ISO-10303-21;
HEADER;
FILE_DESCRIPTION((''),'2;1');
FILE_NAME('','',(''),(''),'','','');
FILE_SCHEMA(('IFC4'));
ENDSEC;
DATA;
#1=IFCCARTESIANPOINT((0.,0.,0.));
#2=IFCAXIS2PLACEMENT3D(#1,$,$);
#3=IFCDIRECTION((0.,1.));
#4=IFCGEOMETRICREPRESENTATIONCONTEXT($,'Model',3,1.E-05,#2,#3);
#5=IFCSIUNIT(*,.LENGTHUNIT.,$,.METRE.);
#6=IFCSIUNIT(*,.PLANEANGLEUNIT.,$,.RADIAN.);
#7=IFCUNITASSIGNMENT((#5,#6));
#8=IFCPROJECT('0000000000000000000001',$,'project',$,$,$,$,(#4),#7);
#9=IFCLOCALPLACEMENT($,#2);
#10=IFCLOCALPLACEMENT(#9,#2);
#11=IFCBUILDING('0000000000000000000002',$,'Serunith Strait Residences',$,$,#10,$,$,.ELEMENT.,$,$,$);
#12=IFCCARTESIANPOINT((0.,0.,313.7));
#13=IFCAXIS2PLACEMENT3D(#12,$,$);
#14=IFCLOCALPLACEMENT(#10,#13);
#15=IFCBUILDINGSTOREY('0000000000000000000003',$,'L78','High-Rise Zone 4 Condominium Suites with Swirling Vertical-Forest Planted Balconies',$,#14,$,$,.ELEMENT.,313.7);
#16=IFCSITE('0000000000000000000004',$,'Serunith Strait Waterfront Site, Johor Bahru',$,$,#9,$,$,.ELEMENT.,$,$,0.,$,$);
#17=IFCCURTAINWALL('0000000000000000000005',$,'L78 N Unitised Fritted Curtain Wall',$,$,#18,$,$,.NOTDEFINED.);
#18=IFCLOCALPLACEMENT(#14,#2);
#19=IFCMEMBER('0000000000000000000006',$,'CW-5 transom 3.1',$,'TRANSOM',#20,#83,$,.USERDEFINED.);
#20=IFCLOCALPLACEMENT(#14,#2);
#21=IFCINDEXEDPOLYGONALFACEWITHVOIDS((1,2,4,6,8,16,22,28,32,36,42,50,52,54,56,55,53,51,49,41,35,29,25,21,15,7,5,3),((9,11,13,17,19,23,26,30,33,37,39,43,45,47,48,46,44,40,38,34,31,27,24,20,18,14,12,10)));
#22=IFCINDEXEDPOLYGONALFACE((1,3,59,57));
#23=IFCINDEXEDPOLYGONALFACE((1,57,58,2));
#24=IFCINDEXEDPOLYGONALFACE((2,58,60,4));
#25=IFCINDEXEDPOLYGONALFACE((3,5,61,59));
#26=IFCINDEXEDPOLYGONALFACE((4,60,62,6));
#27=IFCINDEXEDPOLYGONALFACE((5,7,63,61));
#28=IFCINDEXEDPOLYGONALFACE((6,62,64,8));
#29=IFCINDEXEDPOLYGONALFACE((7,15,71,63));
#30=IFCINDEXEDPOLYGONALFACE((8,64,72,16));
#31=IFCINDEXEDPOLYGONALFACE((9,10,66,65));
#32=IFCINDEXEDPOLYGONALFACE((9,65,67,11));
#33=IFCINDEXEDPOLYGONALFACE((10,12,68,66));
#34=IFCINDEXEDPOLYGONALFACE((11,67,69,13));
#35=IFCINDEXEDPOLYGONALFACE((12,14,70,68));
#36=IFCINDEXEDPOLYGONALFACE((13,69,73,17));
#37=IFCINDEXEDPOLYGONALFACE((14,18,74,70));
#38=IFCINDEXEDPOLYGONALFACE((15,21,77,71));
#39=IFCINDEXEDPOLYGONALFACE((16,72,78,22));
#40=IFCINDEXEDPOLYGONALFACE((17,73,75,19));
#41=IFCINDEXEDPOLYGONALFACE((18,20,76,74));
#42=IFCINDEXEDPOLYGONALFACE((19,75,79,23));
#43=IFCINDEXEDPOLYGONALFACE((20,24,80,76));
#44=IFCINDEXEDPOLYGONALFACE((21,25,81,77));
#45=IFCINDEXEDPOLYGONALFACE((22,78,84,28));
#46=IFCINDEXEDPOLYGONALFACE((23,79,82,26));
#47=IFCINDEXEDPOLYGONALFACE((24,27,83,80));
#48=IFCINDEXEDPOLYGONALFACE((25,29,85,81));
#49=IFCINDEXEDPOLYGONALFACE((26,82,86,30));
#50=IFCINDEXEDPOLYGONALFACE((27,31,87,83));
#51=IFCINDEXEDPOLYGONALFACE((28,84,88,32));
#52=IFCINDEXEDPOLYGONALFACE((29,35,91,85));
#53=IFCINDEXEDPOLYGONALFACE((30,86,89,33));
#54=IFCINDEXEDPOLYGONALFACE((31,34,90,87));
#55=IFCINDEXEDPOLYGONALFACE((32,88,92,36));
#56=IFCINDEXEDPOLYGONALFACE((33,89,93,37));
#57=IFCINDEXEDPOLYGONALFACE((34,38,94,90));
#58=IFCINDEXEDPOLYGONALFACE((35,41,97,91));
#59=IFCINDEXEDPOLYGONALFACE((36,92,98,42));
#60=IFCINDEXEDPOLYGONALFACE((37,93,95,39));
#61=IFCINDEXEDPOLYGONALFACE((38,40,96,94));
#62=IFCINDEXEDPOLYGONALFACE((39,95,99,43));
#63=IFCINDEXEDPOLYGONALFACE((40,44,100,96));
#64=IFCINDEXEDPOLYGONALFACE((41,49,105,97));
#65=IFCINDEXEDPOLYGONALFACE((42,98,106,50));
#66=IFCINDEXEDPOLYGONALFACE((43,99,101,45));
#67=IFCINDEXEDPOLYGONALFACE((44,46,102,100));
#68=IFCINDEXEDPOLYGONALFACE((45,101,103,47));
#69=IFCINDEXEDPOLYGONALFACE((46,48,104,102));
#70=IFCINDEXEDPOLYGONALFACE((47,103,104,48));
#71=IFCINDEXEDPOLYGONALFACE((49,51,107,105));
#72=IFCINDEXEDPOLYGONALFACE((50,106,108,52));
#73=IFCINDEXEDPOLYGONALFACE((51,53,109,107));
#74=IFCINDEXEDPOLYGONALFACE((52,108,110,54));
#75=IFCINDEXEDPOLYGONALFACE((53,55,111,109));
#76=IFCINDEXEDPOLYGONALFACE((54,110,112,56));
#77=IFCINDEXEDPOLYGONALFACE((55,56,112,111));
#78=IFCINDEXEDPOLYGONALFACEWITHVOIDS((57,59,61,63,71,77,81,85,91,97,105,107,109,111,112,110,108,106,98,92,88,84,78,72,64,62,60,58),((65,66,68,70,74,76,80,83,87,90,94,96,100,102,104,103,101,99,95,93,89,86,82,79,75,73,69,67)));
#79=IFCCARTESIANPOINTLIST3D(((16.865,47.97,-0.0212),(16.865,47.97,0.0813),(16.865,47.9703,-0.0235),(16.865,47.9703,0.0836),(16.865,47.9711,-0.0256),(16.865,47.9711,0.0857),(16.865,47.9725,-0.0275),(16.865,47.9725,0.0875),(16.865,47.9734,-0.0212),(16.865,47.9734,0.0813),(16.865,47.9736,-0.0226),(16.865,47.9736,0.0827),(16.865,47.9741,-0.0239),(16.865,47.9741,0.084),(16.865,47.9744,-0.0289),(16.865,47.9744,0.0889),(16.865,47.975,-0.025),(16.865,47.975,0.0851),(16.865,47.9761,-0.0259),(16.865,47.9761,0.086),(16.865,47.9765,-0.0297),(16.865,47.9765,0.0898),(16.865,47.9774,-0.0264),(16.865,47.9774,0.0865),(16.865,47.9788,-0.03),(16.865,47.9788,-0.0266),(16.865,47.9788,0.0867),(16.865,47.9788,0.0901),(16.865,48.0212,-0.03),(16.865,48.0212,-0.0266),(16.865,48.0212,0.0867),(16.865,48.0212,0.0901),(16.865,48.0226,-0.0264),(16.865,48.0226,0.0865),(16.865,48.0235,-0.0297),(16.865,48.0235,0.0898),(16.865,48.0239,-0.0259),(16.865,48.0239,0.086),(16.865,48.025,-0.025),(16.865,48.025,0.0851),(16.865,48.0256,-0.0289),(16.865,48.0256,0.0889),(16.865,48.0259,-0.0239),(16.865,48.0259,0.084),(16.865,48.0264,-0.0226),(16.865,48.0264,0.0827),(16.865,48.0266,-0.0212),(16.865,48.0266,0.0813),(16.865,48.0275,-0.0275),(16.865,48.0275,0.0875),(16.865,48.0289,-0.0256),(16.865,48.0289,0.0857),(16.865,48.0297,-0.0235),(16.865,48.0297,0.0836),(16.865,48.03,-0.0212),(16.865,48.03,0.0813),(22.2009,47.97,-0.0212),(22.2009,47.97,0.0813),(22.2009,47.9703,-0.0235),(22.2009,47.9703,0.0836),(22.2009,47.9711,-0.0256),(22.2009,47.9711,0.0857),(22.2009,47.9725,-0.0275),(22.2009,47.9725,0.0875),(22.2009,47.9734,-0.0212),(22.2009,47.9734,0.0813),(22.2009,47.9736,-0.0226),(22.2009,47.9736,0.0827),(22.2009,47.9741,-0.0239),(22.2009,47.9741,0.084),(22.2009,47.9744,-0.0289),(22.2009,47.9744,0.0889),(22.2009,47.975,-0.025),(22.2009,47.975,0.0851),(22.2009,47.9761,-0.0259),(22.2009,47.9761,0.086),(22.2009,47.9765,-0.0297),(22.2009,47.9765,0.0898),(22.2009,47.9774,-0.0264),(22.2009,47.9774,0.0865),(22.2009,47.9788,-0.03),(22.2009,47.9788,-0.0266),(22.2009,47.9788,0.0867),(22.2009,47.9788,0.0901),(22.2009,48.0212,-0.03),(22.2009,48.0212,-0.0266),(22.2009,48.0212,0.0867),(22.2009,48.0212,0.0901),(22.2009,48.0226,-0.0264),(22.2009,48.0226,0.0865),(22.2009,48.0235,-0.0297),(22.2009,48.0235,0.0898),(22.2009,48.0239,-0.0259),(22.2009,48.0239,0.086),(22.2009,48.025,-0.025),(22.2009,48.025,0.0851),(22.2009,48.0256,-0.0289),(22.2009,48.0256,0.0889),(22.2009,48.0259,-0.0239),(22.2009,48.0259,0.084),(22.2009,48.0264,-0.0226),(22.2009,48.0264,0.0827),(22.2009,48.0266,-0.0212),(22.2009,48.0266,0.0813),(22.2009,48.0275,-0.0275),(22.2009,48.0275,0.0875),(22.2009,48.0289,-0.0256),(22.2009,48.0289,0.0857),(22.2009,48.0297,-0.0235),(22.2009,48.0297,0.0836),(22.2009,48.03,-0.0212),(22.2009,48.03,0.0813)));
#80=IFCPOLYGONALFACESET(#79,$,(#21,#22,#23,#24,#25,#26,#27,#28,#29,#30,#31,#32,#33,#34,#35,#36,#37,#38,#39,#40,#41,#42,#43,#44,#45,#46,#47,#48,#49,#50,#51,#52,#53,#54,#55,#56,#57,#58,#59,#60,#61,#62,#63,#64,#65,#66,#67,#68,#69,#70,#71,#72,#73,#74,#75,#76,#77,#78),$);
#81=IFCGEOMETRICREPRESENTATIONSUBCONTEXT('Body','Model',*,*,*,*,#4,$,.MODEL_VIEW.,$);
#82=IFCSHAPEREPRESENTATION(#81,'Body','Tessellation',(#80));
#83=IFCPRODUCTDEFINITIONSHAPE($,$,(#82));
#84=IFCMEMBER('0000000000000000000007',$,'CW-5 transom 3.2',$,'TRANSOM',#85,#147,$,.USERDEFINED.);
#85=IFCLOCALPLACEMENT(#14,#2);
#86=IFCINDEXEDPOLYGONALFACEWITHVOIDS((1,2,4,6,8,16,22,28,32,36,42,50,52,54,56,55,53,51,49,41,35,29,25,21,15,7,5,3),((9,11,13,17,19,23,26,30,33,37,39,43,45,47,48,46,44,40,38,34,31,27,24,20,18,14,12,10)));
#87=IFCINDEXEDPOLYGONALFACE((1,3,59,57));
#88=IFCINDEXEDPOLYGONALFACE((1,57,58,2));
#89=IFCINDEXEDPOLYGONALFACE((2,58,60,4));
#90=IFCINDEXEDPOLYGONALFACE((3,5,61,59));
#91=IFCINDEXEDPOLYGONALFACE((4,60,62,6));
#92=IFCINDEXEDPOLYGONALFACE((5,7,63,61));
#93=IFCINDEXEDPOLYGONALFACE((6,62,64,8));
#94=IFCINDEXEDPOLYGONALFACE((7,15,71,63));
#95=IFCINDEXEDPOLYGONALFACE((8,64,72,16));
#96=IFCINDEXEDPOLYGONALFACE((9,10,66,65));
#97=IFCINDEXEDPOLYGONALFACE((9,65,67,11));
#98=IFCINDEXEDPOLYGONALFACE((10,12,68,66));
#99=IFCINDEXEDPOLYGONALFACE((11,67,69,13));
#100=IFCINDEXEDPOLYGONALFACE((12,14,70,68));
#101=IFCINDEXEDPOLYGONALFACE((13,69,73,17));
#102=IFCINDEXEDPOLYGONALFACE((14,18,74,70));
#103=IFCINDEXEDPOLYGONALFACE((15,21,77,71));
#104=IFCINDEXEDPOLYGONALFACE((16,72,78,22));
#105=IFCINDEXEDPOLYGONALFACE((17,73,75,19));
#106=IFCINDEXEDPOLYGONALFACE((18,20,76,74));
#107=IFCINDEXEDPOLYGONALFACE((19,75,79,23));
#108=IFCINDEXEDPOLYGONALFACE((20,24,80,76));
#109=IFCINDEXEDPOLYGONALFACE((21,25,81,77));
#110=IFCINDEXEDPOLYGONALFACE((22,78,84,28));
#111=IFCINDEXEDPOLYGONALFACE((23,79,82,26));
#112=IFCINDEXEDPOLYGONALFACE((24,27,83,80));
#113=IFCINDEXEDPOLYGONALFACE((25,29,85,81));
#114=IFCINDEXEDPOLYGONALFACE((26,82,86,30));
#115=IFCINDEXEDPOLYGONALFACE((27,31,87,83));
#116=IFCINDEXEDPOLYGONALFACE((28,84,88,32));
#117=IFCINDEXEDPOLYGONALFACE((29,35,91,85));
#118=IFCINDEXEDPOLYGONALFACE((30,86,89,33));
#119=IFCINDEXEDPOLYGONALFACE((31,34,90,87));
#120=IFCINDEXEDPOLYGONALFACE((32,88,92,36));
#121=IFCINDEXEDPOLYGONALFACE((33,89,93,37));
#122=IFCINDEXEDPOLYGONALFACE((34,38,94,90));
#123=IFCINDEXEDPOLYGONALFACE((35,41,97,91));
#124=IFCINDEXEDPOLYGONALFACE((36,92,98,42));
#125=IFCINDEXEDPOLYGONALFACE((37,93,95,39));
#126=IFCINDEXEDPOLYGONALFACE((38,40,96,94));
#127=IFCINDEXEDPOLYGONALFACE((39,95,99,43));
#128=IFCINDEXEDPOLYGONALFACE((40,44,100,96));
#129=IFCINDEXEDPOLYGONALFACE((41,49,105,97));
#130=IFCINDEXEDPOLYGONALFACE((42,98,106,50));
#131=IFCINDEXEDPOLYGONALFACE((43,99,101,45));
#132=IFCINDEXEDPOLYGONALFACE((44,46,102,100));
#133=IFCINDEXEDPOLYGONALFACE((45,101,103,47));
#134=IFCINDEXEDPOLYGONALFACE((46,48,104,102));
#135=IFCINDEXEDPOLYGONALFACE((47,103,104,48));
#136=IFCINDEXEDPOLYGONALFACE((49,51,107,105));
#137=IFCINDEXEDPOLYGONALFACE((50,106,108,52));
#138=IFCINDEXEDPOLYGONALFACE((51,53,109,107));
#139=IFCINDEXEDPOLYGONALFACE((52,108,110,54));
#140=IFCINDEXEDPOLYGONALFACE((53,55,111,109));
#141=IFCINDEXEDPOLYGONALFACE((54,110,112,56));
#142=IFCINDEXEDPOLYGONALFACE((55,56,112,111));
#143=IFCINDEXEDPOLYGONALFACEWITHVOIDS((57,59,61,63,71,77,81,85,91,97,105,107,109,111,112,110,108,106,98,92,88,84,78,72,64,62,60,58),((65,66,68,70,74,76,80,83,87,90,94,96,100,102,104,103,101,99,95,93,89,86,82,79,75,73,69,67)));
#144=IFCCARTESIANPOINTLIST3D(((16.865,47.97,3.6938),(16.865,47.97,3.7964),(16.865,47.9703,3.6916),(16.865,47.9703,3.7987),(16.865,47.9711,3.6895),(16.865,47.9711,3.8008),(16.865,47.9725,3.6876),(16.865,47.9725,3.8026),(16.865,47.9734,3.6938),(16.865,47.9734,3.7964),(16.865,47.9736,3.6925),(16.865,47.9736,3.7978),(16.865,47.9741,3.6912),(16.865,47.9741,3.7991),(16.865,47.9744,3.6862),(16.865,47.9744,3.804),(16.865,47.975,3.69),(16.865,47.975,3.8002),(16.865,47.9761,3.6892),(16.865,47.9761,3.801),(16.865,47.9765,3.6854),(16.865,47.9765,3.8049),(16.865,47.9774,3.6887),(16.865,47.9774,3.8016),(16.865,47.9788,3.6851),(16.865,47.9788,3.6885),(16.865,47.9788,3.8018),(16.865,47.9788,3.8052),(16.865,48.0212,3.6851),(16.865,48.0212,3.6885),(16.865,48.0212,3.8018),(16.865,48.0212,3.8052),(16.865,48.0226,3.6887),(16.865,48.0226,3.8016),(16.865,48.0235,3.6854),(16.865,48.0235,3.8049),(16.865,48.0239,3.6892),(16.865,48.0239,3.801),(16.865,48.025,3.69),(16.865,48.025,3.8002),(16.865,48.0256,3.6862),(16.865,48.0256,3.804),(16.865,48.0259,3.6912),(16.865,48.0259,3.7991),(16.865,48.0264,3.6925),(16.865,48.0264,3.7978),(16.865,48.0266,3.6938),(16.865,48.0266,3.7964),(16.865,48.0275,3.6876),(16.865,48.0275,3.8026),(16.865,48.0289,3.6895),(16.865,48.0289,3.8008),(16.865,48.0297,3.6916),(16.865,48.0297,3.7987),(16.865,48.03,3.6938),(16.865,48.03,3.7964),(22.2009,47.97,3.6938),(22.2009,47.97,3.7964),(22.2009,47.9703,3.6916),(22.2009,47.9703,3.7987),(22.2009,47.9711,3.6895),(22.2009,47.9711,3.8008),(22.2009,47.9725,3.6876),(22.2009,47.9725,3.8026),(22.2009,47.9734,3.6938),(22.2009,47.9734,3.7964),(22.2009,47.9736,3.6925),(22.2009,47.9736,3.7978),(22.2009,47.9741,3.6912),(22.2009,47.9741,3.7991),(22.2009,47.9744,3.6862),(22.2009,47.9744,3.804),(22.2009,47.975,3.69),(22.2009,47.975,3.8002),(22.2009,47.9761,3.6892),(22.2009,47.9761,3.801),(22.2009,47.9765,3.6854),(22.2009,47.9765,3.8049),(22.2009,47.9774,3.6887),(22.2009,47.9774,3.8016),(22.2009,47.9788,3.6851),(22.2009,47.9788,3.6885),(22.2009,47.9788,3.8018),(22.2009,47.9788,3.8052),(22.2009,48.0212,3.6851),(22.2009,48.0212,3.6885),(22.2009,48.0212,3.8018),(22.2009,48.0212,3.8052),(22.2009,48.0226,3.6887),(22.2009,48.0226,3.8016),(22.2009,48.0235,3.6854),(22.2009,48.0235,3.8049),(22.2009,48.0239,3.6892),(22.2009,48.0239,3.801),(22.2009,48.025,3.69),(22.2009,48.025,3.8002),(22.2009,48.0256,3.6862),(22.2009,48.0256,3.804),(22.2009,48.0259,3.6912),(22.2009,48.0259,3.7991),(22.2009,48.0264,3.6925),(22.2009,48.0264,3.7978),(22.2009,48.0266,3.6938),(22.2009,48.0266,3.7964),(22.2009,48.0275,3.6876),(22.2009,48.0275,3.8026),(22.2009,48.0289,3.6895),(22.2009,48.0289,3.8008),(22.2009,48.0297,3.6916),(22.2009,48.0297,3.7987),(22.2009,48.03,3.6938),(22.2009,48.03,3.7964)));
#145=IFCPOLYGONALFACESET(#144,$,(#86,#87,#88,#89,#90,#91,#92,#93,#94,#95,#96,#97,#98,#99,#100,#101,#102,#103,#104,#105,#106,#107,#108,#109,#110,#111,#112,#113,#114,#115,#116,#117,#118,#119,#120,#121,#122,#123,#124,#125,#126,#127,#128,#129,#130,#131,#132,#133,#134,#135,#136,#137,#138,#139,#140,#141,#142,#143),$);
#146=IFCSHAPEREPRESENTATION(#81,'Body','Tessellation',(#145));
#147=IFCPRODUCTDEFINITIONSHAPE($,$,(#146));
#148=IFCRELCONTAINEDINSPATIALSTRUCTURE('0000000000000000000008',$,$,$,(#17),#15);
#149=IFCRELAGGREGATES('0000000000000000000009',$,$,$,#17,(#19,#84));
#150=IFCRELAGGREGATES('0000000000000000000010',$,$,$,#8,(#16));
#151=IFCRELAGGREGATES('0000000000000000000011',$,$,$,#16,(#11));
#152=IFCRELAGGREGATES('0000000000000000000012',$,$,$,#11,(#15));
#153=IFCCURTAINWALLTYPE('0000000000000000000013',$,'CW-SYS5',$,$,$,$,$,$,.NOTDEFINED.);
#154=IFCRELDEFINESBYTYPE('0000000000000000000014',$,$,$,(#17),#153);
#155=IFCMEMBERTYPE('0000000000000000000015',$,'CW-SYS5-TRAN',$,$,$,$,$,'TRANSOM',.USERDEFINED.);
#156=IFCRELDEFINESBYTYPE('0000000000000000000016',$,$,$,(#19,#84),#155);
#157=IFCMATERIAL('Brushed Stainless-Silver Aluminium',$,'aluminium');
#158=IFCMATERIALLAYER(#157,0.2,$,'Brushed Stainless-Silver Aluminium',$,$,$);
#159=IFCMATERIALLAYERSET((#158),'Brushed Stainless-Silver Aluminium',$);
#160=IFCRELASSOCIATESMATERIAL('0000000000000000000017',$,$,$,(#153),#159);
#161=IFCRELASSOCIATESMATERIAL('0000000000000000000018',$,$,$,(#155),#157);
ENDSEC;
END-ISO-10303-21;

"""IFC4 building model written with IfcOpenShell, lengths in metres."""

from ifc_helpers import new_model, si_unit, direction, frame, origin, origin_2d, place, context, subcontext, project, spatial, hollow_rectangle, extrude, source, transform, mapped, material, layer, layer_set, material_profile, profile_set, type_object, element, aggregate, save


model = new_model("IFC4")

# Units and contexts
model_context = context("Model", 3, precision=1e-05, world=origin(), true_north=direction((0.0, 1.0)))
body_context = subcontext(model_context, "Body", "Model", "MODEL_VIEW")
ifc_project = project(units=[si_unit("LENGTHUNIT", "METRE"), si_unit("PLANEANGLEUNIT", "RADIAN")], contexts=[model_context])

# Site, building, storey
site_placement = place(None, origin())
site = spatial("IfcSite", under=ifc_project, at=site_placement, Name="Serunith Strait Waterfront Site, Johor Bahru", CompositionType="ELEMENT", RefElevation=0.0)
building_placement = place(site_placement, origin())
building = spatial("IfcBuilding", under=site, at=building_placement, Name="Serunith Strait Residences", CompositionType="ELEMENT")
storey_placement = place(building_placement, frame((0.0, 0.0, 313.7)))
storey = spatial("IfcBuildingStorey", under=building, at=storey_placement, Name="L78", Description="High-Rise Zone 4 Condominium Suites with Swirling Vertical-Forest Planted Balconies", CompositionType="ELEMENT", Elevation=313.7)

# Curtain wall, members
ifc_material_1 = material(Name="Brushed Stainless-Silver Aluminium", Category="aluminium")
ifc_layer_1 = layer(ifc_material_1, 0.2, Name="Brushed Stainless-Silver Aluminium")
ifc_layer_set_1 = layer_set([ifc_layer_1], Name="Brushed Stainless-Silver Aluminium")
curtain_wall_type = type_object("IfcCurtainWallType", Name="CW-SYS5", PredefinedType="NOTDEFINED", material=ifc_layer_set_1)
curtain_wall_placement = place(storey_placement, origin())
curtain_wall = element("IfcCurtainWall", 1, at=curtain_wall_placement, inside=storey, type_object=curtain_wall_type, Name="L78 N Unitised Fritted Curtain Wall", PredefinedType="NOTDEFINED")
ifc_material_profile_1 = material_profile(ifc_material_1, hollow_rectangle(XDim=0.0601, YDim=0.1201, WallThickness=0.0034, InnerFilletRadius=0.0054, OuterFilletRadius=0.0088, at=origin_2d()), Name="ALU 120x60x3.5")
ifc_profile_set_1 = profile_set([ifc_material_profile_1], Name="Brushed Stainless-Silver Aluminium")
member_type_1 = type_object("IfcMemberType", Name="CW-SYS5-TRAN", ElementType="TRANSOM", PredefinedType="USERDEFINED", material=ifc_profile_set_1)
shared_shape_1 = source(origin(), body_context, "Body", "SweptSolid", [
    extrude(hollow_rectangle(XDim=0.0601, YDim=0.1201, WallThickness=0.0034, InnerFilletRadius=0.0054, OuterFilletRadius=0.0088, at=origin_2d()), origin(), (0.0, 0.0, 1.0), 5.3359),
])
member_1_placement = place(storey_placement, frame((22.2009, 48.0, 0.03), z_axis=(-1.0, 0.0, 0.0), x_axis=(0.0, -1.0, 0.0)))
member_1 = element("IfcMember", 2, at=member_1_placement, type_object=member_type_1, Name="CW-5 transom 3.1", ObjectType="TRANSOM", PredefinedType="USERDEFINED", context=body_context, shape_type="MappedRepresentation", body=[
    mapped(shared_shape_1, transform((0.0, 0.0, 0.0), scale=1.0)),
])
member_2_placement = place(storey_placement, frame((22.2009, 48.0, 3.7451), z_axis=(-1.0, 0.0, 0.0), x_axis=(0.0, -1.0, 0.0)))
member_2 = element("IfcMember", 3, at=member_2_placement, type_object=member_type_1, Name="CW-5 transom 3.2", ObjectType="TRANSOM", PredefinedType="USERDEFINED", context=body_context, shape_type="MappedRepresentation", body=[
    mapped(shared_shape_1, transform((0.0, 0.0, 0.0), scale=1.0)),
])
aggregate(curtain_wall, [member_1, member_2])

save(model, "model.ifc")
